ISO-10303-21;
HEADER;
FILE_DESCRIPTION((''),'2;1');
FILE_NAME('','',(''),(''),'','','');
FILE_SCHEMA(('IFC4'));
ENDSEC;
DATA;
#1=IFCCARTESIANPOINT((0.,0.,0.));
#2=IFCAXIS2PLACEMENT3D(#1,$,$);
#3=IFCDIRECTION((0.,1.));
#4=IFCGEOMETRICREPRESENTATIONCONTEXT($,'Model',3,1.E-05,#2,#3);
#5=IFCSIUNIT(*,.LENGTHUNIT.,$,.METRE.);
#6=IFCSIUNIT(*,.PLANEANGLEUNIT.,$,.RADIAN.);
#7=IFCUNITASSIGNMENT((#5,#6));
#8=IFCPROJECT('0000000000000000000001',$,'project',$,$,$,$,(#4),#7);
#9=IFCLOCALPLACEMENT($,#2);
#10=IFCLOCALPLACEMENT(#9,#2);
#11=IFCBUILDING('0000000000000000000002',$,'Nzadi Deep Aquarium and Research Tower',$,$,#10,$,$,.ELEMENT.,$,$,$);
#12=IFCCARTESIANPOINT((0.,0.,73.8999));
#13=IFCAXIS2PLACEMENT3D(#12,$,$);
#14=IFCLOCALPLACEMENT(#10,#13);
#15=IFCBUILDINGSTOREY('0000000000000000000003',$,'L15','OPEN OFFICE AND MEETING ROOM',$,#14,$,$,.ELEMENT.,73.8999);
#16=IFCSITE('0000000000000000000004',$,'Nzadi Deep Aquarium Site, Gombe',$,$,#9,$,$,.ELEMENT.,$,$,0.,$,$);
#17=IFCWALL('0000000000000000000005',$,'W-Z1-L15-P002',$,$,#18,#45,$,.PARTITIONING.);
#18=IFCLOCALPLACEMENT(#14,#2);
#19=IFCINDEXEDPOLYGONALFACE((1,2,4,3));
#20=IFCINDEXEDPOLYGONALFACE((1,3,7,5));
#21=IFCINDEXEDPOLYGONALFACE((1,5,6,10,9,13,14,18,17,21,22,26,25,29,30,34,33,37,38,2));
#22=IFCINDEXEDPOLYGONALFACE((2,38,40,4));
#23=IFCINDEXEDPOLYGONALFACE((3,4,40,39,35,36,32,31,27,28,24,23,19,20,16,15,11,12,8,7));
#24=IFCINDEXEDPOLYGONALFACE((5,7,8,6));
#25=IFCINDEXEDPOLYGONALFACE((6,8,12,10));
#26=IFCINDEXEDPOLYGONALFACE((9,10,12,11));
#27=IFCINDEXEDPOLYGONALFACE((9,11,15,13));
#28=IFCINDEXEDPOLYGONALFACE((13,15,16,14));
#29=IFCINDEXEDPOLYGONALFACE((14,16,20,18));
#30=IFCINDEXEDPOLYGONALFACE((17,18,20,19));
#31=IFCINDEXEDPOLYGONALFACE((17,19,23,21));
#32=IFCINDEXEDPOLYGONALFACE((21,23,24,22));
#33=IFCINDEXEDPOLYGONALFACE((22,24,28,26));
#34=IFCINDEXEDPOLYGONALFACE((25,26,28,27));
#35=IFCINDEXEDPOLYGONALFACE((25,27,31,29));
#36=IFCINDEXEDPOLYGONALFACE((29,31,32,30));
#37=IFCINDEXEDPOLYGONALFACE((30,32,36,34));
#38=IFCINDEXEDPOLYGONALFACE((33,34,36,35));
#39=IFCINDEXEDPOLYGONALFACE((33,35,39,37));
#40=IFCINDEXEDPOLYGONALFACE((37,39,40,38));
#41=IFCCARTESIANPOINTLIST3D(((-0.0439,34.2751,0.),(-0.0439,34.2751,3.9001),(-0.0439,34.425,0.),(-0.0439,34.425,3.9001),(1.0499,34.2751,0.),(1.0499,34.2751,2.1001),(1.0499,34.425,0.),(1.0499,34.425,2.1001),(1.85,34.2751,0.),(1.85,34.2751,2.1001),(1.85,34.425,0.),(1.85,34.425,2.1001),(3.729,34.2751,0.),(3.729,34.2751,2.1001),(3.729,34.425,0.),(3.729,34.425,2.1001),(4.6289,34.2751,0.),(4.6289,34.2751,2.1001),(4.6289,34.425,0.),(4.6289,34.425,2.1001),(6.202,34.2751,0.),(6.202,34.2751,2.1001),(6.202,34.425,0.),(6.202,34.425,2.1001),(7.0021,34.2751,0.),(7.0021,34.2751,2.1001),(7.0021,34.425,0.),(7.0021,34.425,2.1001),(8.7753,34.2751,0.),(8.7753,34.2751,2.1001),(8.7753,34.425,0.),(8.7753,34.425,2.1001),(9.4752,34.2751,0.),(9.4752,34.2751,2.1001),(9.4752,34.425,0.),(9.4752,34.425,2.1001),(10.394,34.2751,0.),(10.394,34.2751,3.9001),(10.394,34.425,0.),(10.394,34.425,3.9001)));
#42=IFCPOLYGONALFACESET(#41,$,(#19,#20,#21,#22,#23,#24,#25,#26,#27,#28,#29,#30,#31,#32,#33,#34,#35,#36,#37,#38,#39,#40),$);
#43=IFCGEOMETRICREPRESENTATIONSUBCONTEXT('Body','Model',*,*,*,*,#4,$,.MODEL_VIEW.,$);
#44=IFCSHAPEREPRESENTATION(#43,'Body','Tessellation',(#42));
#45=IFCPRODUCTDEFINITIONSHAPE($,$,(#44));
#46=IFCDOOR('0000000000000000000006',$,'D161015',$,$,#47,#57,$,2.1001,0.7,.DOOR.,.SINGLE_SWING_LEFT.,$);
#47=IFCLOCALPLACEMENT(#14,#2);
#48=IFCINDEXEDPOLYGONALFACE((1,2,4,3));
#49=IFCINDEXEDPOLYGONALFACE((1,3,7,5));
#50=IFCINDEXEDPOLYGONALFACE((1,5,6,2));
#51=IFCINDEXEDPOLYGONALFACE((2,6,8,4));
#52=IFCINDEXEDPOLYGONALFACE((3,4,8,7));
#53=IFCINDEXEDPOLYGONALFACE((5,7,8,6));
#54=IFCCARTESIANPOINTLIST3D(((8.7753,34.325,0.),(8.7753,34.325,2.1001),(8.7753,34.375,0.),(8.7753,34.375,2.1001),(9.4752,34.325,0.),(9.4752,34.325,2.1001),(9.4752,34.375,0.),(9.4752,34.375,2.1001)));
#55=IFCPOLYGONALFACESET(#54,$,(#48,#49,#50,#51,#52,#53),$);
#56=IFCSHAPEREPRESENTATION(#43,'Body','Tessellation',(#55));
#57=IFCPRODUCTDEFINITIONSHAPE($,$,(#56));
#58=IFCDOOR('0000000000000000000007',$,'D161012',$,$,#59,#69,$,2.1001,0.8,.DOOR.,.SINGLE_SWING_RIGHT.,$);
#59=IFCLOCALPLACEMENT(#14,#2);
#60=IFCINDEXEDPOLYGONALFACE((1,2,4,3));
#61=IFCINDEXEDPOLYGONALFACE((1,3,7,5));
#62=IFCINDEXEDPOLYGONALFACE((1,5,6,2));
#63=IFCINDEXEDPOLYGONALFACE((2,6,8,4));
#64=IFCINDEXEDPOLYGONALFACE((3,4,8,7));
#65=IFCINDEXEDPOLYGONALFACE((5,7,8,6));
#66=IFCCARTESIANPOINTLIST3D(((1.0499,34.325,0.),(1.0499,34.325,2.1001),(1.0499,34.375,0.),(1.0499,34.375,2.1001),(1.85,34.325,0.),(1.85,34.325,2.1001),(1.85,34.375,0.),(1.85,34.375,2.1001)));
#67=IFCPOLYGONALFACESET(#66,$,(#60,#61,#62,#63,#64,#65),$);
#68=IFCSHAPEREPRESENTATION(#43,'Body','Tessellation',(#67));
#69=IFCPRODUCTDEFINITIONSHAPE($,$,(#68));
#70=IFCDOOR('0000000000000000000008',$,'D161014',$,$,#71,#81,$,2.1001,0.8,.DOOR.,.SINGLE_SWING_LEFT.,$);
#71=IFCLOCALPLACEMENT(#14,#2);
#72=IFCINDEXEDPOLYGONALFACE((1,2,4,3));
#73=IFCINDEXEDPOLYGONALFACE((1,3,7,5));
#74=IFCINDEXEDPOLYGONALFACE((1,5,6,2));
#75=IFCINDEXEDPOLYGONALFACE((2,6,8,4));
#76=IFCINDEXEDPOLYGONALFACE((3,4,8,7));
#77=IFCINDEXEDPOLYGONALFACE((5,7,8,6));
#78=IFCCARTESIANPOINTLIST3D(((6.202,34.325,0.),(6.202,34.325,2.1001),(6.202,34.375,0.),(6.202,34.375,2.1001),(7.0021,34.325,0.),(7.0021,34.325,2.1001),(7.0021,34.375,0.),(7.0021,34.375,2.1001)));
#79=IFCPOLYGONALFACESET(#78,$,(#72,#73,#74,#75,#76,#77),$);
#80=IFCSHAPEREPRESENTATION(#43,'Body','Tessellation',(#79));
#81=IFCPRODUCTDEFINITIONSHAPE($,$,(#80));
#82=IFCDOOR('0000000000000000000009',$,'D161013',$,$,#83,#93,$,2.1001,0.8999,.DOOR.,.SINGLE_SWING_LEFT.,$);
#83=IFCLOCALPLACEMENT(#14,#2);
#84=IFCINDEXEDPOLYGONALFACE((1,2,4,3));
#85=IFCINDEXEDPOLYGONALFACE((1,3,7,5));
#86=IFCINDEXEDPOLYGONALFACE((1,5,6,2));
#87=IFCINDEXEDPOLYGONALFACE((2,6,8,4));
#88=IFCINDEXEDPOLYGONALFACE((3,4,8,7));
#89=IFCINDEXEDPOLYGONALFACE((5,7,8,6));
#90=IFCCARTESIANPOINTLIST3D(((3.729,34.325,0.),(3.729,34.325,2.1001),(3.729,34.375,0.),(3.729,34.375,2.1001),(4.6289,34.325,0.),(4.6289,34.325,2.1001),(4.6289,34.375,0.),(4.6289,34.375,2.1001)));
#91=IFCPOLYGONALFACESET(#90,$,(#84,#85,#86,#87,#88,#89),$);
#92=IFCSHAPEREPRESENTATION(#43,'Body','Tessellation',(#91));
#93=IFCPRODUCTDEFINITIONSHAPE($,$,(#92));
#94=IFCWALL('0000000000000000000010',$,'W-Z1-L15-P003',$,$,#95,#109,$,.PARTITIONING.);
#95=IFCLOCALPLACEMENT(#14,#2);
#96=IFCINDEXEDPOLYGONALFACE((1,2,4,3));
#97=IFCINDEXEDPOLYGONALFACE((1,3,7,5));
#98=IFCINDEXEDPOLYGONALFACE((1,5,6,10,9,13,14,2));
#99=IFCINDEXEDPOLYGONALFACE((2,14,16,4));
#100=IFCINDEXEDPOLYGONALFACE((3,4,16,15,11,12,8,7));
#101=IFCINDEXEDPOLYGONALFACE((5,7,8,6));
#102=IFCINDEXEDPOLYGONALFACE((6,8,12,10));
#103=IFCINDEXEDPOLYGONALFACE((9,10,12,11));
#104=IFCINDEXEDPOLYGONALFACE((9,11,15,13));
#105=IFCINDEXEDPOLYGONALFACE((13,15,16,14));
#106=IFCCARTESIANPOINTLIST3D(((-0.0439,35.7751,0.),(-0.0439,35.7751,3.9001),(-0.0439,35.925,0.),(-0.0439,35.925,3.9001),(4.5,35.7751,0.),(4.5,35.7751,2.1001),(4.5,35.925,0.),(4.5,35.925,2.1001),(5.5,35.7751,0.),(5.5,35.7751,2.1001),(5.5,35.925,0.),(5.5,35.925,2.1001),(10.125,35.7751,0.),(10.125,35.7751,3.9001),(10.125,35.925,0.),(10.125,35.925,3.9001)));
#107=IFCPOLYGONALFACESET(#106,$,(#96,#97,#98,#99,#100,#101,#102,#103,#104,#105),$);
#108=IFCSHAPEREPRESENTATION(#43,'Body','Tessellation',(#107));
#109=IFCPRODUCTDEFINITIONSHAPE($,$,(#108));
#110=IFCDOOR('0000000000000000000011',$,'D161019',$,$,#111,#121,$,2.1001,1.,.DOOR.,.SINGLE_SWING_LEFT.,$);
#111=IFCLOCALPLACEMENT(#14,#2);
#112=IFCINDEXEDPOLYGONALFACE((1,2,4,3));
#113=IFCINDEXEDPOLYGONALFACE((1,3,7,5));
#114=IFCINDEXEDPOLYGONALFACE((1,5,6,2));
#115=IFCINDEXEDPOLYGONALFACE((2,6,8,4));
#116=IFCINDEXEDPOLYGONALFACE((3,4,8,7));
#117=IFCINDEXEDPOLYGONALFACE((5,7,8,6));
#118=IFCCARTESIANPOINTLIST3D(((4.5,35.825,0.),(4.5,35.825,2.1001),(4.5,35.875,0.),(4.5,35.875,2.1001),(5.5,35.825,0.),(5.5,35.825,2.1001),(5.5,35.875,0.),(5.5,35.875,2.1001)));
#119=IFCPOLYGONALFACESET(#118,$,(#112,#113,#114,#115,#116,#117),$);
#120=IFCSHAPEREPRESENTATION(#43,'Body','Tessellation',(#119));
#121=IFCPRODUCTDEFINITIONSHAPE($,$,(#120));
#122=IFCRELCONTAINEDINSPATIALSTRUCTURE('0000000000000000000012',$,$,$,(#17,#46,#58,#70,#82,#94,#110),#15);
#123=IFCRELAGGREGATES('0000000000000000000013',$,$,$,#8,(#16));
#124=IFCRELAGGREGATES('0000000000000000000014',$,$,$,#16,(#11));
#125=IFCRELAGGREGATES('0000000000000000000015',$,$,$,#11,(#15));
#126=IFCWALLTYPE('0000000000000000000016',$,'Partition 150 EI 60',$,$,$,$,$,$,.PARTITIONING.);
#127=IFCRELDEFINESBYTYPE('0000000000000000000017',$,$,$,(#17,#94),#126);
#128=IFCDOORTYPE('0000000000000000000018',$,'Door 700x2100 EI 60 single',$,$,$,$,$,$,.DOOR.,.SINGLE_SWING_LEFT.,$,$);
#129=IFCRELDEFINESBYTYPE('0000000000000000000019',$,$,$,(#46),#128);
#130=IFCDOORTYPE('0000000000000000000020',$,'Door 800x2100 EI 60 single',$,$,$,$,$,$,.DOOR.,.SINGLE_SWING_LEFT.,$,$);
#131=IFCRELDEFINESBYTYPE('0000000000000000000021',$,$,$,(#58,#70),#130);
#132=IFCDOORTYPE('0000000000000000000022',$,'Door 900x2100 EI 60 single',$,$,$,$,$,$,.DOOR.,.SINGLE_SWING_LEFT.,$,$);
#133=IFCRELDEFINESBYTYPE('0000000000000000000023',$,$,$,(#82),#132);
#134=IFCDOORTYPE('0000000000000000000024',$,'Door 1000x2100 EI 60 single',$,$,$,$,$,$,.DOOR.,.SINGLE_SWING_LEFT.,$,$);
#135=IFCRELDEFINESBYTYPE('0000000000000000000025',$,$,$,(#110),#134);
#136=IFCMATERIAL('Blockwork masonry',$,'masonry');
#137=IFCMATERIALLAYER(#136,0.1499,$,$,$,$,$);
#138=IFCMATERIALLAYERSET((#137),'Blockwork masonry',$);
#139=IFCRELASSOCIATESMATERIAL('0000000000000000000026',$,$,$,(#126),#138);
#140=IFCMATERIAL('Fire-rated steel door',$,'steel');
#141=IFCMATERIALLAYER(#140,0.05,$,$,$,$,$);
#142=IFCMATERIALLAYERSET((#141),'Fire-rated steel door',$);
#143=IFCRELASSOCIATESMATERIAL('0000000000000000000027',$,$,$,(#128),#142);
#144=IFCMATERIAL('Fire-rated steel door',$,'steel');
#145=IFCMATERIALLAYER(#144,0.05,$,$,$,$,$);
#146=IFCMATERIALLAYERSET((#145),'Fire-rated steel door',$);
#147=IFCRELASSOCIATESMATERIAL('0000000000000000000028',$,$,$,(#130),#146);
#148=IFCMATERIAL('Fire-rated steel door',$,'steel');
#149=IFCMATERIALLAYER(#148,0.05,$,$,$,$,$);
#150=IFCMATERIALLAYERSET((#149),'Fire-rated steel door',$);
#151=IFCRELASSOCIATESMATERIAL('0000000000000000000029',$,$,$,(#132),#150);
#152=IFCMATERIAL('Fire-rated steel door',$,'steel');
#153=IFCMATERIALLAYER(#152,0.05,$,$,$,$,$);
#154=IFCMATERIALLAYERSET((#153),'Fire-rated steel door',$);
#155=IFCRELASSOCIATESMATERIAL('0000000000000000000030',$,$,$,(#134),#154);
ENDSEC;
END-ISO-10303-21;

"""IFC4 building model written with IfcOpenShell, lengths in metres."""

from ifc_helpers import new_model, si_unit, direction, frame, frame_2d, origin, place, context, subcontext, project, spatial, rectangle, extrude, material, layer, layer_set, type_object, element, fill, save


model = new_model("IFC4")

# Units and contexts
model_context = context("Model", 3, precision=1e-05, world=origin(), true_north=direction((0.0, 1.0)))
body_context = subcontext(model_context, "Body", "Model", "MODEL_VIEW")
ifc_project = project(units=[si_unit("LENGTHUNIT", "METRE"), si_unit("PLANEANGLEUNIT", "RADIAN")], contexts=[model_context])

# Site, building, storey
site_placement = place(None, origin())
site = spatial("IfcSite", under=ifc_project, at=site_placement, Name="Nzadi Deep Aquarium Site, Gombe", CompositionType="ELEMENT", RefElevation=0.0)
building_placement = place(site_placement, origin())
building = spatial("IfcBuilding", under=site, at=building_placement, Name="Nzadi Deep Aquarium and Research Tower", CompositionType="ELEMENT")
storey_placement = place(building_placement, frame((0.0, 0.0, 73.8999)))
storey = spatial("IfcBuildingStorey", under=building, at=storey_placement, Name="L15", Description="OPEN OFFICE AND MEETING ROOM", CompositionType="ELEMENT", Elevation=73.8999)

# Shared definitions
ifc_material_1 = material(Name="Blockwork masonry", Category="masonry")
ifc_layer_1 = layer(ifc_material_1, 0.1499)
ifc_layer_set_1 = layer_set([ifc_layer_1], Name="Blockwork masonry")
wall_type_1 = type_object("IfcWallType", Name="Partition 150 EI 60", PredefinedType="PARTITIONING", material=ifc_layer_set_1)

# Wall, openings, doors
wall_1_placement = place(storey_placement, frame((-0.0439, 34.3501, 0.0), z_axis=(0.0, 0.0, 1.0), x_axis=(1.0, 0.0, 0.0)))
wall_1 = element("IfcWall", 1, at=wall_1_placement, inside=storey, type_object=wall_type_1, Name="W-Z1-L15-P002", PredefinedType="PARTITIONING", context=body_context, shape_type="SweptSolid", body=[
    extrude(rectangle(XDim=10.438, YDim=0.1499, at=frame_2d((5.219, 0.0))), origin(), (0.0, 0.0, 1.0), 3.9001),
])
opening_1_placement = place(wall_1_placement, frame((1.094, 0.0, 0.0)))
opening_1 = element("IfcOpeningElement", 2, at=opening_1_placement, cuts=wall_1, PredefinedType="OPENING", context=body_context, shape_type="SweptSolid", body=[
    extrude(rectangle(XDim=0.8, YDim=2.1001, at=frame_2d((0.3999, 1.05))), frame((0.0, 0.085, 0.0), z_axis=(0.0, -1.0, 0.0), x_axis=(1.0, 0.0, 0.0)), (0.0, 0.0, 1.0), 0.1699),
])
opening_2_placement = place(wall_1_placement, frame((3.7729, 0.0, 0.0)))
opening_2 = element("IfcOpeningElement", 3, at=opening_2_placement, cuts=wall_1, PredefinedType="OPENING", context=body_context, shape_type="SweptSolid", body=[
    extrude(rectangle(XDim=0.8999, YDim=2.1001, at=frame_2d((0.45, 1.05))), frame((0.0, 0.085, 0.0), z_axis=(0.0, -1.0, 0.0), x_axis=(1.0, 0.0, 0.0)), (0.0, 0.0, 1.0), 0.1699),
])
opening_3_placement = place(wall_1_placement, frame((6.2461, 0.0, 0.0)))
opening_3 = element("IfcOpeningElement", 4, at=opening_3_placement, cuts=wall_1, PredefinedType="OPENING", context=body_context, shape_type="SweptSolid", body=[
    extrude(rectangle(XDim=0.8, YDim=2.1001, at=frame_2d((0.3999, 1.05))), frame((0.0, 0.085, 0.0), z_axis=(0.0, -1.0, 0.0), x_axis=(1.0, 0.0, 0.0)), (0.0, 0.0, 1.0), 0.1699),
])
opening_4_placement = place(wall_1_placement, frame((8.8191, 0.0, 0.0)))
opening_4 = element("IfcOpeningElement", 5, at=opening_4_placement, cuts=wall_1, PredefinedType="OPENING", context=body_context, shape_type="SweptSolid", body=[
    extrude(rectangle(XDim=0.7, YDim=2.1001, at=frame_2d((0.3501, 1.05))), frame((0.0, 0.085, 0.0), z_axis=(0.0, -1.0, 0.0), x_axis=(1.0, 0.0, 0.0)), (0.0, 0.0, 1.0), 0.1699),
])
ifc_material_2 = material(Name="Fire-rated steel door", Category="steel")
ifc_layer_2 = layer(ifc_material_2, 0.05)
ifc_layer_set_2 = layer_set([ifc_layer_2], Name="Fire-rated steel door")
door_type_1 = type_object("IfcDoorType", Name="Door 700x2100 EI 60 single", OperationType="SINGLE_SWING_LEFT", PredefinedType="DOOR", material=ifc_layer_set_2)
door_1_placement = place(opening_4_placement, origin())
door_1 = element("IfcDoor", 6, at=door_1_placement, inside=storey, type_object=door_type_1, Name="D161015", OperationType="SINGLE_SWING_LEFT", OverallHeight=2.1001, OverallWidth=0.7, PredefinedType="DOOR", context=body_context, shape_type="SweptSolid", body=[
    extrude(rectangle(XDim=0.7, YDim=2.1001, at=frame_2d((0.3501, 1.05))), frame((0.0, 0.0249, 0.0), z_axis=(0.0, -1.0, 0.0), x_axis=(1.0, 0.0, 0.0)), (0.0, 0.0, 1.0), 0.05),
])
fill(opening_4, door_1)
ifc_material_3 = material(Name="Fire-rated steel door", Category="steel")
ifc_layer_3 = layer(ifc_material_3, 0.05)
ifc_layer_set_3 = layer_set([ifc_layer_3], Name="Fire-rated steel door")
door_type_2 = type_object("IfcDoorType", Name="Door 800x2100 EI 60 single", OperationType="SINGLE_SWING_LEFT", PredefinedType="DOOR", material=ifc_layer_set_3)
door_2_placement = place(opening_1_placement, origin())
door_2 = element("IfcDoor", 7, at=door_2_placement, inside=storey, type_object=door_type_2, Name="D161012", OperationType="SINGLE_SWING_RIGHT", OverallHeight=2.1001, OverallWidth=0.8, PredefinedType="DOOR", context=body_context, shape_type="SweptSolid", body=[
    extrude(rectangle(XDim=0.8, YDim=2.1001, at=frame_2d((0.3999, 1.05))), frame((0.0, 0.0249, 0.0), z_axis=(0.0, -1.0, 0.0), x_axis=(1.0, 0.0, 0.0)), (0.0, 0.0, 1.0), 0.05),
])
fill(opening_1, door_2)
door_3_placement = place(opening_3_placement, origin())
door_3 = element("IfcDoor", 8, at=door_3_placement, inside=storey, type_object=door_type_2, Name="D161014", OperationType="SINGLE_SWING_LEFT", OverallHeight=2.1001, OverallWidth=0.8, PredefinedType="DOOR", context=body_context, shape_type="SweptSolid", body=[
    extrude(rectangle(XDim=0.8, YDim=2.1001, at=frame_2d((0.3999, 1.05))), frame((0.0, 0.0249, 0.0), z_axis=(0.0, -1.0, 0.0), x_axis=(1.0, 0.0, 0.0)), (0.0, 0.0, 1.0), 0.05),
])
fill(opening_3, door_3)
ifc_material_4 = material(Name="Fire-rated steel door", Category="steel")
ifc_layer_4 = layer(ifc_material_4, 0.05)
ifc_layer_set_4 = layer_set([ifc_layer_4], Name="Fire-rated steel door")
door_type_3 = type_object("IfcDoorType", Name="Door 900x2100 EI 60 single", OperationType="SINGLE_SWING_LEFT", PredefinedType="DOOR", material=ifc_layer_set_4)
door_4_placement = place(opening_2_placement, origin())
door_4 = element("IfcDoor", 9, at=door_4_placement, inside=storey, type_object=door_type_3, Name="D161013", OperationType="SINGLE_SWING_LEFT", OverallHeight=2.1001, OverallWidth=0.8999, PredefinedType="DOOR", context=body_context, shape_type="SweptSolid", body=[
    extrude(rectangle(XDim=0.8999, YDim=2.1001, at=frame_2d((0.45, 1.05))), frame((0.0, 0.0249, 0.0), z_axis=(0.0, -1.0, 0.0), x_axis=(1.0, 0.0, 0.0)), (0.0, 0.0, 1.0), 0.05),
])
fill(opening_2, door_4)

# Wall, opening, door
wall_2_placement = place(storey_placement, frame((-0.0439, 35.8501, 0.0), z_axis=(0.0, 0.0, 1.0), x_axis=(1.0, 0.0, 0.0)))
wall_2 = element("IfcWall", 10, at=wall_2_placement, inside=storey, type_object=wall_type_1, Name="W-Z1-L15-P003", PredefinedType="PARTITIONING", context=body_context, shape_type="SweptSolid", body=[
    extrude(rectangle(XDim=10.1689, YDim=0.1499, at=frame_2d((5.0845, 0.0))), origin(), (0.0, 0.0, 1.0), 3.9001),
])
opening_5_placement = place(wall_2_placement, frame((4.5439, 0.0, 0.0)))
opening_5 = element("IfcOpeningElement", 11, at=opening_5_placement, cuts=wall_2, PredefinedType="OPENING", context=body_context, shape_type="SweptSolid", body=[
    extrude(rectangle(XDim=1.0, YDim=2.1001, at=frame_2d((0.5, 1.05))), frame((0.0, 0.085, 0.0), z_axis=(0.0, -1.0, 0.0), x_axis=(1.0, 0.0, 0.0)), (0.0, 0.0, 1.0), 0.1699),
])
ifc_material_5 = material(Name="Fire-rated steel door", Category="steel")
ifc_layer_5 = layer(ifc_material_5, 0.05)
ifc_layer_set_5 = layer_set([ifc_layer_5], Name="Fire-rated steel door")
door_type_4 = type_object("IfcDoorType", Name="Door 1000x2100 EI 60 single", OperationType="SINGLE_SWING_LEFT", PredefinedType="DOOR", material=ifc_layer_set_5)
door_5_placement = place(opening_5_placement, origin())
door_5 = element("IfcDoor", 12, at=door_5_placement, inside=storey, type_object=door_type_4, Name="D161019", OperationType="SINGLE_SWING_LEFT", OverallHeight=2.1001, OverallWidth=1.0, PredefinedType="DOOR", context=body_context, shape_type="SweptSolid", body=[
    extrude(rectangle(XDim=1.0, YDim=2.1001, at=frame_2d((0.5, 1.05))), frame((0.0, 0.0249, 0.0), z_axis=(0.0, -1.0, 0.0), x_axis=(1.0, 0.0, 0.0)), (0.0, 0.0, 1.0), 0.05),
])
fill(opening_5, door_5)

save(model, "model.ifc")
